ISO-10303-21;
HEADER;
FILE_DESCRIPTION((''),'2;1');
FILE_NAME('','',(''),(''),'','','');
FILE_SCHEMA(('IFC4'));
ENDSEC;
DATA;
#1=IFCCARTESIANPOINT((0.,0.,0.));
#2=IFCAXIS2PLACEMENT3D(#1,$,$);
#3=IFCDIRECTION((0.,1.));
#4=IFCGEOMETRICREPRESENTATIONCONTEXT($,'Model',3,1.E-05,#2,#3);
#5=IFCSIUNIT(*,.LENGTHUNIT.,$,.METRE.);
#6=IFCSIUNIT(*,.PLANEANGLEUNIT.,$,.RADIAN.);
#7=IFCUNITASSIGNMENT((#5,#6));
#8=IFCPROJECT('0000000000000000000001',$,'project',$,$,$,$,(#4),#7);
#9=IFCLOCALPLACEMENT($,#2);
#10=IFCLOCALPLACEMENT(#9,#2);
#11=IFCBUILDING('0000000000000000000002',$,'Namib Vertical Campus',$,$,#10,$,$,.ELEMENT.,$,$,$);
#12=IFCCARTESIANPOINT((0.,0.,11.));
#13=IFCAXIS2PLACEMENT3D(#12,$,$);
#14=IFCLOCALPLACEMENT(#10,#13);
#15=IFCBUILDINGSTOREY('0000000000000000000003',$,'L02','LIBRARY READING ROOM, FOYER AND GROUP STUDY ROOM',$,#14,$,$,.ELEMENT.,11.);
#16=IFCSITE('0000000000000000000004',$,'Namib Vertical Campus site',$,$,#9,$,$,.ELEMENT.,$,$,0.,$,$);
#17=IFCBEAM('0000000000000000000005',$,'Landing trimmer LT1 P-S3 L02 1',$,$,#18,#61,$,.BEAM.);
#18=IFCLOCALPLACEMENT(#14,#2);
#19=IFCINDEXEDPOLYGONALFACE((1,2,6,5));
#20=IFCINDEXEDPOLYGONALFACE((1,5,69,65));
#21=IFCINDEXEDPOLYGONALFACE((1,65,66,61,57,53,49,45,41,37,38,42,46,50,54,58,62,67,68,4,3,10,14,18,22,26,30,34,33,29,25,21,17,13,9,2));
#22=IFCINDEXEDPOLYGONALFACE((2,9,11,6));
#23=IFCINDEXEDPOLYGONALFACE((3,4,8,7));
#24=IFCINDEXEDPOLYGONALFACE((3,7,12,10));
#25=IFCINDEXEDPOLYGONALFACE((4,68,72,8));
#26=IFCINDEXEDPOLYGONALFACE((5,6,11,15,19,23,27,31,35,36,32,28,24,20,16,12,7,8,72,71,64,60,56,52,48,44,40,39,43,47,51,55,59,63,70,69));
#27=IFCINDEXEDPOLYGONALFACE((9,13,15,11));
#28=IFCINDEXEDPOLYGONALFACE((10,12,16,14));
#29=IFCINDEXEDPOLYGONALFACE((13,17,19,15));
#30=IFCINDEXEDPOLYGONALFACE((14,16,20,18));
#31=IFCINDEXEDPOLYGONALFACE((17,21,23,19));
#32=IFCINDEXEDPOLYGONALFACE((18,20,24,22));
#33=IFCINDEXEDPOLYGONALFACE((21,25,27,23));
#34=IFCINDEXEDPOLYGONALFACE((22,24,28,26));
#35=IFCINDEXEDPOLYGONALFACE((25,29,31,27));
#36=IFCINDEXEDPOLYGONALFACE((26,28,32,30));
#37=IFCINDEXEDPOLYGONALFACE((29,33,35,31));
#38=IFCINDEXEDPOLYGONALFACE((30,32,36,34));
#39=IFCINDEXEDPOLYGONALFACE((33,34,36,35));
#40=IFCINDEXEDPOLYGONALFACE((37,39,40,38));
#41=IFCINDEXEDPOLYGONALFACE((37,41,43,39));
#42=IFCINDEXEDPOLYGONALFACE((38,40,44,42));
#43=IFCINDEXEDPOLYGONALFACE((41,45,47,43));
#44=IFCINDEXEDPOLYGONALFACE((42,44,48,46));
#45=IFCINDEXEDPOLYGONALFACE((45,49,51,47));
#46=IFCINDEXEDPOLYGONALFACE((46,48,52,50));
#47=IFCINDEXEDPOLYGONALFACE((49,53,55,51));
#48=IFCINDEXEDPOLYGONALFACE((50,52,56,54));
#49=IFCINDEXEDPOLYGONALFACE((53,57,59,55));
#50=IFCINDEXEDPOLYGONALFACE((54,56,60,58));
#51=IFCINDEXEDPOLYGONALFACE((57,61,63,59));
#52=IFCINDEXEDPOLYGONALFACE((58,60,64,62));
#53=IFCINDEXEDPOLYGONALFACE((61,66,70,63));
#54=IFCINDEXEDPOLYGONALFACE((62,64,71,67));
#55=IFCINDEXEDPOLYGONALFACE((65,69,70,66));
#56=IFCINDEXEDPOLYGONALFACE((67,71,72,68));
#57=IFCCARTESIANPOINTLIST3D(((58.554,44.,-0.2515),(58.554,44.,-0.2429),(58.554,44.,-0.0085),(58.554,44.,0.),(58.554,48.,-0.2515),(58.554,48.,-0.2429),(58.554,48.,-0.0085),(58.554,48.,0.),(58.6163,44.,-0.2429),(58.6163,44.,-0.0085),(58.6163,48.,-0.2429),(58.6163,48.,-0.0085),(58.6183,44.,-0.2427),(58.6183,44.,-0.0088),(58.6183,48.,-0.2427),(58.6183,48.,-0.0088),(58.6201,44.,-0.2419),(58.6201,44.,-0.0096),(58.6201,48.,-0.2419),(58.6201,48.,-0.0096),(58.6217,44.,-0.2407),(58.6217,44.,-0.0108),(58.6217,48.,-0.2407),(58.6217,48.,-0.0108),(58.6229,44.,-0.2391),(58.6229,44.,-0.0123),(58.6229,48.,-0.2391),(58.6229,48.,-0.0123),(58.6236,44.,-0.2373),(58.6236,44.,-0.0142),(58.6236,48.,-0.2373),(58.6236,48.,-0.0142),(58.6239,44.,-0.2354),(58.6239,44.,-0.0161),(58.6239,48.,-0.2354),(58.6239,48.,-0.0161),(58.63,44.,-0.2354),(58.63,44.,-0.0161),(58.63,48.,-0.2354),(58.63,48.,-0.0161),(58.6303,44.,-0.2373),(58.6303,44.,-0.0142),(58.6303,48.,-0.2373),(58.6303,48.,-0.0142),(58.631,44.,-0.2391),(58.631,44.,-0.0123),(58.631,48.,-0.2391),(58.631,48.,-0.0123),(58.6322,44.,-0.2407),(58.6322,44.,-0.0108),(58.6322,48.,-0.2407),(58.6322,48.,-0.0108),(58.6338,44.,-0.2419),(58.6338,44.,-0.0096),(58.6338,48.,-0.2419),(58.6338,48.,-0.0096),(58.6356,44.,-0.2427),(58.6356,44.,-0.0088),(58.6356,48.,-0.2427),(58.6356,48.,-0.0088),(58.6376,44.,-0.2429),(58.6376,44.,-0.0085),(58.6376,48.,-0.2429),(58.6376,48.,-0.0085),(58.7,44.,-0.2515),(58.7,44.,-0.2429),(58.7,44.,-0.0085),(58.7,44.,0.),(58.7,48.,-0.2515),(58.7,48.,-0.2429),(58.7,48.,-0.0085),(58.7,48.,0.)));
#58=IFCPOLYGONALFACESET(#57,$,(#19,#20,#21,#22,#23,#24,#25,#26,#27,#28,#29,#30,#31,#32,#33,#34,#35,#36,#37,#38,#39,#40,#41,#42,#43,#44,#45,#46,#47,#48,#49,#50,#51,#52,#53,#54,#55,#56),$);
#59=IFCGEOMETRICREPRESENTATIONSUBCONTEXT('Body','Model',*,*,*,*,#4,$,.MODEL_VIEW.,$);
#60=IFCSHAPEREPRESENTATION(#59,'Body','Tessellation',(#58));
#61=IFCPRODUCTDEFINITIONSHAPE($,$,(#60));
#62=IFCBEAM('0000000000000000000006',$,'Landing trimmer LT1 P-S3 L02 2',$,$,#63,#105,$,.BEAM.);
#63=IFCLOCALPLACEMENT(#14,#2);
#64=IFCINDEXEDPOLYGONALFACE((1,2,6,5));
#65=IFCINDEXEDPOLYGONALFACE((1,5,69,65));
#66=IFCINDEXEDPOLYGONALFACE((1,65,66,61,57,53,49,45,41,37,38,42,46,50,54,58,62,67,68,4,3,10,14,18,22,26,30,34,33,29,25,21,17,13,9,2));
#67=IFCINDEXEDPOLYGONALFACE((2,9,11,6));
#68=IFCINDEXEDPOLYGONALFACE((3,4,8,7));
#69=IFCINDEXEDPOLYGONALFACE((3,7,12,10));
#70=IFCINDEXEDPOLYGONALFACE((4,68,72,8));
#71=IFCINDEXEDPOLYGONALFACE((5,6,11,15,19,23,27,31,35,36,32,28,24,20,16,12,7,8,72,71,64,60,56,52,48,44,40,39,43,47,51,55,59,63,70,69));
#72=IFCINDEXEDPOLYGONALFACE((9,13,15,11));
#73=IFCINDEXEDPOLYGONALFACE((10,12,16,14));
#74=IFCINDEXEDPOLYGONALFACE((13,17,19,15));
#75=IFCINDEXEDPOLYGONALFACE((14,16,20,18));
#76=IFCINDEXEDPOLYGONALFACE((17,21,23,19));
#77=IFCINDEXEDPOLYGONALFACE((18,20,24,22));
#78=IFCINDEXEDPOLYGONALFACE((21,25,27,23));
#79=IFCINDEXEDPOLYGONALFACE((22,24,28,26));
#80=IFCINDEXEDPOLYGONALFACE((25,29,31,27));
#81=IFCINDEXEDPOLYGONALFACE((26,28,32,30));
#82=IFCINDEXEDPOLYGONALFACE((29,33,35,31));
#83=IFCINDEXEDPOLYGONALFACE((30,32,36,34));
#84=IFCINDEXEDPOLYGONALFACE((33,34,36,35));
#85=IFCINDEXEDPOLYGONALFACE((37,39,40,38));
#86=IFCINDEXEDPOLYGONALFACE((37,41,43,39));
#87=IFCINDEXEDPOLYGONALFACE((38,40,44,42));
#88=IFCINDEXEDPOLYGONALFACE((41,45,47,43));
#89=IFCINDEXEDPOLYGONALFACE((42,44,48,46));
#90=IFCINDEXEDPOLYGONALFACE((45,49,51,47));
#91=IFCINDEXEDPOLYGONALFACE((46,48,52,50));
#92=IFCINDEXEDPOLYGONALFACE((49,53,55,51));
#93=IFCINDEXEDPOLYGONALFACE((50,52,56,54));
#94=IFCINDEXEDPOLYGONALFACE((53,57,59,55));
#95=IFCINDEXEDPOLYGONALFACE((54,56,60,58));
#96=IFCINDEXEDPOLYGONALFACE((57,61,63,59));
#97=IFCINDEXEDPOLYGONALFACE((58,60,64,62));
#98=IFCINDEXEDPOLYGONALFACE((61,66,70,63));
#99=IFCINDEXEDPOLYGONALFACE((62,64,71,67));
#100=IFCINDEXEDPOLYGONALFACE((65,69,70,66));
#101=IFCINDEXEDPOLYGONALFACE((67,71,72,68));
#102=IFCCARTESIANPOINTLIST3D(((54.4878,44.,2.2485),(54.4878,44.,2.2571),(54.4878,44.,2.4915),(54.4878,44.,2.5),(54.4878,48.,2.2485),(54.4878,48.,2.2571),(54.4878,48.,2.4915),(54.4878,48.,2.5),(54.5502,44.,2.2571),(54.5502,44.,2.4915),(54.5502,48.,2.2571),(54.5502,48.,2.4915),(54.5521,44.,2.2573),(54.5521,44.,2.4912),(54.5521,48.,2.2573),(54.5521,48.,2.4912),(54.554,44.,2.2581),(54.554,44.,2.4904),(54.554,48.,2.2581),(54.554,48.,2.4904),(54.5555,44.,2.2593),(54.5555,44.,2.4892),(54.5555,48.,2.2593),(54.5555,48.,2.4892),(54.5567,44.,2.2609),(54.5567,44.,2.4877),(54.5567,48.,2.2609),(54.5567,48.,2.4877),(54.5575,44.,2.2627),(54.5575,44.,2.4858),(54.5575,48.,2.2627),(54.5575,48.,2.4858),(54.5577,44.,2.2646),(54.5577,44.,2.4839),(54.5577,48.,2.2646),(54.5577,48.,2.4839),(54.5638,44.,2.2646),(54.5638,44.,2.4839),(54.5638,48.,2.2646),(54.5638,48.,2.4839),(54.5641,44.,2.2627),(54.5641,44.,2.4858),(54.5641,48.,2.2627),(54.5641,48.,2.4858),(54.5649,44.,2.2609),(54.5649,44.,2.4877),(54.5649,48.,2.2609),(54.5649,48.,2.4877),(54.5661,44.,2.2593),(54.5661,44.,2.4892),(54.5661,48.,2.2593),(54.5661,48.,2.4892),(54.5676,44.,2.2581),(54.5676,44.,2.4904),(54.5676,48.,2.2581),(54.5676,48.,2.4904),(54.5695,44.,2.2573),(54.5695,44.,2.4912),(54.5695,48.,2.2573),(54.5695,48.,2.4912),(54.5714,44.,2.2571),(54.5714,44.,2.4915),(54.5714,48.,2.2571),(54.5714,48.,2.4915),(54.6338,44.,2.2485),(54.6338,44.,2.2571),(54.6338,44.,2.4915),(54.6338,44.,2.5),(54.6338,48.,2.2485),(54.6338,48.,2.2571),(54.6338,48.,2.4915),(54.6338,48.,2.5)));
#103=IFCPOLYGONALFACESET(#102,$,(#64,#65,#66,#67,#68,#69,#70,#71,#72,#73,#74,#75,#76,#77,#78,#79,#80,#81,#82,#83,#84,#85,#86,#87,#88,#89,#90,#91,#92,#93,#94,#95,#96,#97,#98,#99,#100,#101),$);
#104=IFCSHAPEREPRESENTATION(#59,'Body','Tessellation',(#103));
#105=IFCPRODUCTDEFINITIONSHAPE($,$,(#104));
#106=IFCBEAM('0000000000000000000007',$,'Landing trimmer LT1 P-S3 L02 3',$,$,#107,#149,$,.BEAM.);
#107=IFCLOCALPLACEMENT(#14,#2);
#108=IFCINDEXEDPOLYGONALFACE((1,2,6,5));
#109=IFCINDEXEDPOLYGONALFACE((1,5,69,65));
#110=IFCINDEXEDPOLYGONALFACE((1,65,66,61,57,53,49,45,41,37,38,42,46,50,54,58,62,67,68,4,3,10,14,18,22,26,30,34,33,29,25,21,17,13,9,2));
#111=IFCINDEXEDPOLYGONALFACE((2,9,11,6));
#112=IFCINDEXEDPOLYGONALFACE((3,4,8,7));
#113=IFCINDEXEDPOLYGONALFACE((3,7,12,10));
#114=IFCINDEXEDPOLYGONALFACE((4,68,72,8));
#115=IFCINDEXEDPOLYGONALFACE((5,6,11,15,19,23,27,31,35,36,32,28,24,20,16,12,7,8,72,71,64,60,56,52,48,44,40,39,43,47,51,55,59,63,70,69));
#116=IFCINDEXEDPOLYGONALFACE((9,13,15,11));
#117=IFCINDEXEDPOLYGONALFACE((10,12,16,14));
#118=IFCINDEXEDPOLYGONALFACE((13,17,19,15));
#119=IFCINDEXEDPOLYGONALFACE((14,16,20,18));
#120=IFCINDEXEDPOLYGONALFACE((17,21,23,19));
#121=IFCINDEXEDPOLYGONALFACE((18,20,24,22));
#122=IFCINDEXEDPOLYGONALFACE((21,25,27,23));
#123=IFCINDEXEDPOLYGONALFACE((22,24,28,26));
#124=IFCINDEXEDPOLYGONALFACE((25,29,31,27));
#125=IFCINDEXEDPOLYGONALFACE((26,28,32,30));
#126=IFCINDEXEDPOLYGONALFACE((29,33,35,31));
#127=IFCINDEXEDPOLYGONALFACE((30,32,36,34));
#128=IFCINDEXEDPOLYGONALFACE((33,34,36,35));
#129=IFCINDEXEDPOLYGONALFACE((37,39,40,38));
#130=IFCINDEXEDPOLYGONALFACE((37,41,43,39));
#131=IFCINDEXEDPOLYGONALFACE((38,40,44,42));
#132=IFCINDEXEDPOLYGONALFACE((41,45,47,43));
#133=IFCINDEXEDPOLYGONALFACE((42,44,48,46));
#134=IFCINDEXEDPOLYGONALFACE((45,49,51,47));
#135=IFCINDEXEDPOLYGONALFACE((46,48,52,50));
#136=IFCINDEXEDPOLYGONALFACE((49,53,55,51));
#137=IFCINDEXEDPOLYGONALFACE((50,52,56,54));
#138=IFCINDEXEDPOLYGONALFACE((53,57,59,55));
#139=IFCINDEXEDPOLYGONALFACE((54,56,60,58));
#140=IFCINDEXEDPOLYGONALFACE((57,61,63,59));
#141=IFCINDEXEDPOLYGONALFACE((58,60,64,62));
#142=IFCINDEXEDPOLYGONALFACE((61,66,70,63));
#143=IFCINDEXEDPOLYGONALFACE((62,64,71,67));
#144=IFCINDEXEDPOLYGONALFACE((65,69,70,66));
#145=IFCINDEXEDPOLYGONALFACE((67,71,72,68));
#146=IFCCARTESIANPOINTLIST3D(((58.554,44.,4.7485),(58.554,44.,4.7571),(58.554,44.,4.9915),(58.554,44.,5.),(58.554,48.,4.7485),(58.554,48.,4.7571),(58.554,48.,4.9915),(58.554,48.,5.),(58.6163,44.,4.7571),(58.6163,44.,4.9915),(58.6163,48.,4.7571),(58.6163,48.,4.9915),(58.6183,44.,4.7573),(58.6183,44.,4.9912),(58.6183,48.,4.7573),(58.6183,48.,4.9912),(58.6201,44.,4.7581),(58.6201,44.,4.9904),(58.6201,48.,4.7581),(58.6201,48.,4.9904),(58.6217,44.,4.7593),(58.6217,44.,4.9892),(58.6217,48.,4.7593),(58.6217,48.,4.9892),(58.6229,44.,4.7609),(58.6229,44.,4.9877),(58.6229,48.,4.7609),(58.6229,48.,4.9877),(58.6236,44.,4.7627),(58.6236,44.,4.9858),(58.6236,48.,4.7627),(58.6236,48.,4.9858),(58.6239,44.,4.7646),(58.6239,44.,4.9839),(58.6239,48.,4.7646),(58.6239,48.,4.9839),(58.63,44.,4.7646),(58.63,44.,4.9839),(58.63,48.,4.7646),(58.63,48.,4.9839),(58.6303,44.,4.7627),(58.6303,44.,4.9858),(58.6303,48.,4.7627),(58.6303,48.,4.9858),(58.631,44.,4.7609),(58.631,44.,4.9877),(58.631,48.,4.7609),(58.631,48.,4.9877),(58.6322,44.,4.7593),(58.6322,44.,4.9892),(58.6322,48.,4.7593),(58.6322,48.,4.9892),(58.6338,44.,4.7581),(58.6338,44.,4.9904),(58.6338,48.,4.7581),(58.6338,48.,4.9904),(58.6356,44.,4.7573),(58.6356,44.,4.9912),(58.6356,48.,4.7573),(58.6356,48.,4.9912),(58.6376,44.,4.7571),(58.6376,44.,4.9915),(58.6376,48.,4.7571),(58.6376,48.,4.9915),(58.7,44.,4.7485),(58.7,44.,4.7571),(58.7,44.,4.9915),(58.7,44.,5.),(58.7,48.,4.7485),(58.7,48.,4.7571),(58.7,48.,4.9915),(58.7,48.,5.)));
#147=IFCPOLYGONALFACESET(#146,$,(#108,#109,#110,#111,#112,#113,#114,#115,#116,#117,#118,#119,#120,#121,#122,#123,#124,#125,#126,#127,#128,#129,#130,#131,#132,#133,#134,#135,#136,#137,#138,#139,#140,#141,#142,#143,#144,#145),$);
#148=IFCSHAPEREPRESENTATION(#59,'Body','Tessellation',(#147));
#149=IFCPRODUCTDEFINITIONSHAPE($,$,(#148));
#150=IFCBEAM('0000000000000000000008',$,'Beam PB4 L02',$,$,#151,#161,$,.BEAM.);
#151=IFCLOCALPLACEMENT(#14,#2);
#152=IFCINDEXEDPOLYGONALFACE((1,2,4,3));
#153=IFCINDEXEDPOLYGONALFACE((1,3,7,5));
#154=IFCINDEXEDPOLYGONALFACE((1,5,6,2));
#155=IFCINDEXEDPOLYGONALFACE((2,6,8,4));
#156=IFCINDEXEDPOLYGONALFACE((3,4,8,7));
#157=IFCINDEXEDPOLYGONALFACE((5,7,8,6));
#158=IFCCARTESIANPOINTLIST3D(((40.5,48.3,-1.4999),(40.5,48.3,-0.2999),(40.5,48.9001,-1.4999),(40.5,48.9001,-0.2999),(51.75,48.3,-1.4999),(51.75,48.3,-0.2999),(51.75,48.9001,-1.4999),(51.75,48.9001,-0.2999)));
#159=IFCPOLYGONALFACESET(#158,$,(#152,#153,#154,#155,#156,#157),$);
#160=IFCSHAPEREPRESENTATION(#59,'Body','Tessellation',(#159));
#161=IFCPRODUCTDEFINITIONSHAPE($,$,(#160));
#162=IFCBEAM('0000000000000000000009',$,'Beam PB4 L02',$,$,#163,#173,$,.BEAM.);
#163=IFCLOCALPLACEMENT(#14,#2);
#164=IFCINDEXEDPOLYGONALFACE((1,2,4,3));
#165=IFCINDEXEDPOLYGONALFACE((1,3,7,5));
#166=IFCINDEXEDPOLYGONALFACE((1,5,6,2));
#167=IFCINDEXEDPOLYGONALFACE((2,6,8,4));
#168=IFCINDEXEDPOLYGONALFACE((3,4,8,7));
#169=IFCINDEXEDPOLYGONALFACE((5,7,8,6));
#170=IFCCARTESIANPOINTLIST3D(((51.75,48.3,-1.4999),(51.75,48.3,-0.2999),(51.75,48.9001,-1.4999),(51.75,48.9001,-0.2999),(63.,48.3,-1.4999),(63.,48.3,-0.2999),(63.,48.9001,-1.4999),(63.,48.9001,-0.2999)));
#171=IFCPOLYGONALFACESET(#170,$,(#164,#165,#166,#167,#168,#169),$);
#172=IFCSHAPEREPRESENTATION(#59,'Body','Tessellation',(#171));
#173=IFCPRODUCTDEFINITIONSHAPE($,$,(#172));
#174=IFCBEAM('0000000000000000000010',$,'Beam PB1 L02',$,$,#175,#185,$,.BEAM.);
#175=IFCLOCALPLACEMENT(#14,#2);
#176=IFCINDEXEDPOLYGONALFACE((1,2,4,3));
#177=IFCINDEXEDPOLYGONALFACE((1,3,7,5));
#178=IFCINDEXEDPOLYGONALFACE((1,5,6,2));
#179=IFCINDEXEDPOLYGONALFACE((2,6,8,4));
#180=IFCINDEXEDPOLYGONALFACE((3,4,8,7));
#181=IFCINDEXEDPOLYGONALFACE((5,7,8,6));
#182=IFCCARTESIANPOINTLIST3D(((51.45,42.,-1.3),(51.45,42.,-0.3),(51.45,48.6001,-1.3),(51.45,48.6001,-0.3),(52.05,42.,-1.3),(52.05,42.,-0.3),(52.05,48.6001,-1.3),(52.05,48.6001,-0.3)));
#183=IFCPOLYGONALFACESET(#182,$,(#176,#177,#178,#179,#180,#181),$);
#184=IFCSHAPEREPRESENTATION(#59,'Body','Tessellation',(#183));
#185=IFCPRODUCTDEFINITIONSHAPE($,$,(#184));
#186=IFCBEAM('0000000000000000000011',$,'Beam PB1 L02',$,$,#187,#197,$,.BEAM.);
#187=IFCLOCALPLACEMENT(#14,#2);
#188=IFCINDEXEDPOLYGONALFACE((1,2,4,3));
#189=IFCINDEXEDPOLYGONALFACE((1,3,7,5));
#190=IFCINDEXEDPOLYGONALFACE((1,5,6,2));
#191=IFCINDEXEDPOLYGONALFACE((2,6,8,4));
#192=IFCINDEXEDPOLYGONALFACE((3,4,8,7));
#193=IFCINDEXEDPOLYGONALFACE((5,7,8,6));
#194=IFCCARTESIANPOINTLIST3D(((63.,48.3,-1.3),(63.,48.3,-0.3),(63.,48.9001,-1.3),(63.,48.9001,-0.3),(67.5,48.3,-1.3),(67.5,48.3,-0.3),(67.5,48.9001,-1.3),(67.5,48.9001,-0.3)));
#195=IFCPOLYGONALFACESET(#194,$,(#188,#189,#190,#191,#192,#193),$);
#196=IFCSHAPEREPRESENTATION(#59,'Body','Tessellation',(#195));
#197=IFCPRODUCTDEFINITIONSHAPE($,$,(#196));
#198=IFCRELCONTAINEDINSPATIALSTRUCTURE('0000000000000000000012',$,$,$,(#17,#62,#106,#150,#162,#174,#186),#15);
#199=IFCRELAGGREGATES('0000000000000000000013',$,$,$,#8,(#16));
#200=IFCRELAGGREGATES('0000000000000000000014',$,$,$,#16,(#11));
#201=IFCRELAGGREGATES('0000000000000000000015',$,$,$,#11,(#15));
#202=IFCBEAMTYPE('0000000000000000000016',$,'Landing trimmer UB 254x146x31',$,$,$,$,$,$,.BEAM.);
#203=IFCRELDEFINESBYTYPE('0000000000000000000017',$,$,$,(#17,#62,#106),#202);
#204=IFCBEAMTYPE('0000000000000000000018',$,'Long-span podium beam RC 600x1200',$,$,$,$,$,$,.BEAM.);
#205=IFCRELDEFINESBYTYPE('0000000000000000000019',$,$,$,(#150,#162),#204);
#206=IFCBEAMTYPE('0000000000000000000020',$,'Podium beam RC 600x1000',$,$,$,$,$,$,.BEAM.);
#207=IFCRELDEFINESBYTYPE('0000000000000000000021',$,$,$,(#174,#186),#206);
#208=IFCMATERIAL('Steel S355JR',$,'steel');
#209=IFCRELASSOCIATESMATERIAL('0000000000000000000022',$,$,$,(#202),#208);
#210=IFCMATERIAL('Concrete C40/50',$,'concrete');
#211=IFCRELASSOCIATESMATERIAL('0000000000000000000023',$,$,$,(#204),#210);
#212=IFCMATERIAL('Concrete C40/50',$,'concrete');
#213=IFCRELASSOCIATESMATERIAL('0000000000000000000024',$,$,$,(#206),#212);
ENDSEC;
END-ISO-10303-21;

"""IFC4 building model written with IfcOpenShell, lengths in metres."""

from ifc_helpers import new_model, si_unit, direction, frame, origin, origin_2d, place, context, subcontext, project, spatial, rectangle, i_section, extrude, material, material_profile, profile_set, type_object, element, save


model = new_model("IFC4")

# Units and contexts
model_context = context("Model", 3, precision=1e-05, world=origin(), true_north=direction((0.0, 1.0)))
body_context = subcontext(model_context, "Body", "Model", "MODEL_VIEW")
ifc_project = project(units=[si_unit("LENGTHUNIT", "METRE"), si_unit("PLANEANGLEUNIT", "RADIAN")], contexts=[model_context])

# Site, building, storey
site_placement = place(None, origin())
site = spatial("IfcSite", under=ifc_project, at=site_placement, Name="Namib Vertical Campus site", CompositionType="ELEMENT", RefElevation=0.0)
building_placement = place(site_placement, origin())
building = spatial("IfcBuilding", under=site, at=building_placement, Name="Namib Vertical Campus", CompositionType="ELEMENT")
storey_placement = place(building_placement, frame((0.0, 0.0, 11.0)))
storey = spatial("IfcBuildingStorey", under=building, at=storey_placement, Name="L02", Description="LIBRARY READING ROOM, FOYER AND GROUP STUDY ROOM", CompositionType="ELEMENT", Elevation=11.0)

# Beams
ifc_material_1 = material(Name="Steel S355JR", Category="steel")
ifc_material_profile_1 = material_profile(ifc_material_1, i_section(OverallWidth=0.146, OverallDepth=0.2515, WebThickness=0.0061, FlangeThickness=0.0085, FilletRadius=0.0076, at=origin_2d()))
ifc_profile_set_1 = profile_set([ifc_material_profile_1], Name="Steel S355JR")
beam_type_1 = type_object("IfcBeamType", Name="Landing trimmer UB 254x146x31", PredefinedType="BEAM", material=ifc_profile_set_1)
for number, where, z_axis, x_axis, name in (
    (1, (58.627, 44.0, -0.1257), (0.0, 1.0, 0.0), (-1.0, 0.0, 0.0), "Landing trimmer LT1 P-S3 L02 1"),
    (2, (54.5608, 44.0, 2.3743), (0.0, 1.0, 0.0), (-1.0, 0.0, 0.0), "Landing trimmer LT1 P-S3 L02 2"),
    (3, (58.627, 44.0, 4.8743), (0.0, 1.0, 0.0), (-1.0, 0.0, 0.0), "Landing trimmer LT1 P-S3 L02 3"),
):
    element("IfcBeam", number, at=place(storey_placement, frame(where, z_axis=z_axis, x_axis=x_axis)), inside=storey, type_object=beam_type_1, Name=name, PredefinedType="BEAM", context=body_context, shape_type="SweptSolid", body=[
        extrude(i_section(OverallWidth=0.146, OverallDepth=0.2515, WebThickness=0.0061, FlangeThickness=0.0085, FilletRadius=0.0076, at=origin_2d()), origin(), (0.0, 0.0, 1.0), 4.0),
    ])
ifc_material_2 = material(Name="Concrete C40/50", Category="concrete")
ifc_material_profile_2 = material_profile(ifc_material_2, rectangle(XDim=0.6001, YDim=1.2, at=origin_2d()))
ifc_profile_set_2 = profile_set([ifc_material_profile_2], Name="Concrete C40/50")
beam_type_2 = type_object("IfcBeamType", Name="Long-span podium beam RC 600x1200", PredefinedType="BEAM", material=ifc_profile_set_2)
for number, where, z_axis, x_axis, name in (
    (4, (40.5, 48.6001, -0.8999), (1.0, 0.0, 0.0), (0.0, 1.0, 0.0), "Beam PB4 L02"),
    (5, (51.75, 48.6001, -0.8999), (1.0, 0.0, 0.0), (0.0, 1.0, 0.0), "Beam PB4 L02"),
):
    element("IfcBeam", number, at=place(storey_placement, frame(where, z_axis=z_axis, x_axis=x_axis)), inside=storey, type_object=beam_type_2, Name=name, PredefinedType="BEAM", context=body_context, shape_type="SweptSolid", body=[
        extrude(rectangle(XDim=0.6001, YDim=1.2, at=origin_2d()), origin(), (0.0, 0.0, 1.0), 11.25),
    ])
ifc_material_3 = material(Name="Concrete C40/50", Category="concrete")
ifc_material_profile_3 = material_profile(ifc_material_3, rectangle(XDim=0.6001, YDim=1.0, at=origin_2d()))
ifc_profile_set_3 = profile_set([ifc_material_profile_3], Name="Concrete C40/50")
beam_type_3 = type_object("IfcBeamType", Name="Podium beam RC 600x1000", PredefinedType="BEAM", material=ifc_profile_set_3)
beam_1_placement = place(storey_placement, frame((51.75, 42.0, -0.8), z_axis=(0.0, 1.0, 0.0), x_axis=(-1.0, 0.0, 0.0)))
element("IfcBeam", 6, at=beam_1_placement, inside=storey, type_object=beam_type_3, Name="Beam PB1 L02", PredefinedType="BEAM", context=body_context, shape_type="SweptSolid", body=[
    extrude(rectangle(XDim=0.6001, YDim=1.0, at=origin_2d()), origin(), (0.0, 0.0, 1.0), 6.6001),
])
beam_2_placement = place(storey_placement, frame((63.0, 48.6001, -0.8), z_axis=(1.0, 0.0, 0.0), x_axis=(0.0, 1.0, 0.0)))
element("IfcBeam", 7, at=beam_2_placement, inside=storey, type_object=beam_type_3, Name="Beam PB1 L02", PredefinedType="BEAM", context=body_context, shape_type="SweptSolid", body=[
    extrude(rectangle(XDim=0.6001, YDim=1.0, at=origin_2d()), origin(), (0.0, 0.0, 1.0), 4.5),
])

save(model, "model.ifc")
